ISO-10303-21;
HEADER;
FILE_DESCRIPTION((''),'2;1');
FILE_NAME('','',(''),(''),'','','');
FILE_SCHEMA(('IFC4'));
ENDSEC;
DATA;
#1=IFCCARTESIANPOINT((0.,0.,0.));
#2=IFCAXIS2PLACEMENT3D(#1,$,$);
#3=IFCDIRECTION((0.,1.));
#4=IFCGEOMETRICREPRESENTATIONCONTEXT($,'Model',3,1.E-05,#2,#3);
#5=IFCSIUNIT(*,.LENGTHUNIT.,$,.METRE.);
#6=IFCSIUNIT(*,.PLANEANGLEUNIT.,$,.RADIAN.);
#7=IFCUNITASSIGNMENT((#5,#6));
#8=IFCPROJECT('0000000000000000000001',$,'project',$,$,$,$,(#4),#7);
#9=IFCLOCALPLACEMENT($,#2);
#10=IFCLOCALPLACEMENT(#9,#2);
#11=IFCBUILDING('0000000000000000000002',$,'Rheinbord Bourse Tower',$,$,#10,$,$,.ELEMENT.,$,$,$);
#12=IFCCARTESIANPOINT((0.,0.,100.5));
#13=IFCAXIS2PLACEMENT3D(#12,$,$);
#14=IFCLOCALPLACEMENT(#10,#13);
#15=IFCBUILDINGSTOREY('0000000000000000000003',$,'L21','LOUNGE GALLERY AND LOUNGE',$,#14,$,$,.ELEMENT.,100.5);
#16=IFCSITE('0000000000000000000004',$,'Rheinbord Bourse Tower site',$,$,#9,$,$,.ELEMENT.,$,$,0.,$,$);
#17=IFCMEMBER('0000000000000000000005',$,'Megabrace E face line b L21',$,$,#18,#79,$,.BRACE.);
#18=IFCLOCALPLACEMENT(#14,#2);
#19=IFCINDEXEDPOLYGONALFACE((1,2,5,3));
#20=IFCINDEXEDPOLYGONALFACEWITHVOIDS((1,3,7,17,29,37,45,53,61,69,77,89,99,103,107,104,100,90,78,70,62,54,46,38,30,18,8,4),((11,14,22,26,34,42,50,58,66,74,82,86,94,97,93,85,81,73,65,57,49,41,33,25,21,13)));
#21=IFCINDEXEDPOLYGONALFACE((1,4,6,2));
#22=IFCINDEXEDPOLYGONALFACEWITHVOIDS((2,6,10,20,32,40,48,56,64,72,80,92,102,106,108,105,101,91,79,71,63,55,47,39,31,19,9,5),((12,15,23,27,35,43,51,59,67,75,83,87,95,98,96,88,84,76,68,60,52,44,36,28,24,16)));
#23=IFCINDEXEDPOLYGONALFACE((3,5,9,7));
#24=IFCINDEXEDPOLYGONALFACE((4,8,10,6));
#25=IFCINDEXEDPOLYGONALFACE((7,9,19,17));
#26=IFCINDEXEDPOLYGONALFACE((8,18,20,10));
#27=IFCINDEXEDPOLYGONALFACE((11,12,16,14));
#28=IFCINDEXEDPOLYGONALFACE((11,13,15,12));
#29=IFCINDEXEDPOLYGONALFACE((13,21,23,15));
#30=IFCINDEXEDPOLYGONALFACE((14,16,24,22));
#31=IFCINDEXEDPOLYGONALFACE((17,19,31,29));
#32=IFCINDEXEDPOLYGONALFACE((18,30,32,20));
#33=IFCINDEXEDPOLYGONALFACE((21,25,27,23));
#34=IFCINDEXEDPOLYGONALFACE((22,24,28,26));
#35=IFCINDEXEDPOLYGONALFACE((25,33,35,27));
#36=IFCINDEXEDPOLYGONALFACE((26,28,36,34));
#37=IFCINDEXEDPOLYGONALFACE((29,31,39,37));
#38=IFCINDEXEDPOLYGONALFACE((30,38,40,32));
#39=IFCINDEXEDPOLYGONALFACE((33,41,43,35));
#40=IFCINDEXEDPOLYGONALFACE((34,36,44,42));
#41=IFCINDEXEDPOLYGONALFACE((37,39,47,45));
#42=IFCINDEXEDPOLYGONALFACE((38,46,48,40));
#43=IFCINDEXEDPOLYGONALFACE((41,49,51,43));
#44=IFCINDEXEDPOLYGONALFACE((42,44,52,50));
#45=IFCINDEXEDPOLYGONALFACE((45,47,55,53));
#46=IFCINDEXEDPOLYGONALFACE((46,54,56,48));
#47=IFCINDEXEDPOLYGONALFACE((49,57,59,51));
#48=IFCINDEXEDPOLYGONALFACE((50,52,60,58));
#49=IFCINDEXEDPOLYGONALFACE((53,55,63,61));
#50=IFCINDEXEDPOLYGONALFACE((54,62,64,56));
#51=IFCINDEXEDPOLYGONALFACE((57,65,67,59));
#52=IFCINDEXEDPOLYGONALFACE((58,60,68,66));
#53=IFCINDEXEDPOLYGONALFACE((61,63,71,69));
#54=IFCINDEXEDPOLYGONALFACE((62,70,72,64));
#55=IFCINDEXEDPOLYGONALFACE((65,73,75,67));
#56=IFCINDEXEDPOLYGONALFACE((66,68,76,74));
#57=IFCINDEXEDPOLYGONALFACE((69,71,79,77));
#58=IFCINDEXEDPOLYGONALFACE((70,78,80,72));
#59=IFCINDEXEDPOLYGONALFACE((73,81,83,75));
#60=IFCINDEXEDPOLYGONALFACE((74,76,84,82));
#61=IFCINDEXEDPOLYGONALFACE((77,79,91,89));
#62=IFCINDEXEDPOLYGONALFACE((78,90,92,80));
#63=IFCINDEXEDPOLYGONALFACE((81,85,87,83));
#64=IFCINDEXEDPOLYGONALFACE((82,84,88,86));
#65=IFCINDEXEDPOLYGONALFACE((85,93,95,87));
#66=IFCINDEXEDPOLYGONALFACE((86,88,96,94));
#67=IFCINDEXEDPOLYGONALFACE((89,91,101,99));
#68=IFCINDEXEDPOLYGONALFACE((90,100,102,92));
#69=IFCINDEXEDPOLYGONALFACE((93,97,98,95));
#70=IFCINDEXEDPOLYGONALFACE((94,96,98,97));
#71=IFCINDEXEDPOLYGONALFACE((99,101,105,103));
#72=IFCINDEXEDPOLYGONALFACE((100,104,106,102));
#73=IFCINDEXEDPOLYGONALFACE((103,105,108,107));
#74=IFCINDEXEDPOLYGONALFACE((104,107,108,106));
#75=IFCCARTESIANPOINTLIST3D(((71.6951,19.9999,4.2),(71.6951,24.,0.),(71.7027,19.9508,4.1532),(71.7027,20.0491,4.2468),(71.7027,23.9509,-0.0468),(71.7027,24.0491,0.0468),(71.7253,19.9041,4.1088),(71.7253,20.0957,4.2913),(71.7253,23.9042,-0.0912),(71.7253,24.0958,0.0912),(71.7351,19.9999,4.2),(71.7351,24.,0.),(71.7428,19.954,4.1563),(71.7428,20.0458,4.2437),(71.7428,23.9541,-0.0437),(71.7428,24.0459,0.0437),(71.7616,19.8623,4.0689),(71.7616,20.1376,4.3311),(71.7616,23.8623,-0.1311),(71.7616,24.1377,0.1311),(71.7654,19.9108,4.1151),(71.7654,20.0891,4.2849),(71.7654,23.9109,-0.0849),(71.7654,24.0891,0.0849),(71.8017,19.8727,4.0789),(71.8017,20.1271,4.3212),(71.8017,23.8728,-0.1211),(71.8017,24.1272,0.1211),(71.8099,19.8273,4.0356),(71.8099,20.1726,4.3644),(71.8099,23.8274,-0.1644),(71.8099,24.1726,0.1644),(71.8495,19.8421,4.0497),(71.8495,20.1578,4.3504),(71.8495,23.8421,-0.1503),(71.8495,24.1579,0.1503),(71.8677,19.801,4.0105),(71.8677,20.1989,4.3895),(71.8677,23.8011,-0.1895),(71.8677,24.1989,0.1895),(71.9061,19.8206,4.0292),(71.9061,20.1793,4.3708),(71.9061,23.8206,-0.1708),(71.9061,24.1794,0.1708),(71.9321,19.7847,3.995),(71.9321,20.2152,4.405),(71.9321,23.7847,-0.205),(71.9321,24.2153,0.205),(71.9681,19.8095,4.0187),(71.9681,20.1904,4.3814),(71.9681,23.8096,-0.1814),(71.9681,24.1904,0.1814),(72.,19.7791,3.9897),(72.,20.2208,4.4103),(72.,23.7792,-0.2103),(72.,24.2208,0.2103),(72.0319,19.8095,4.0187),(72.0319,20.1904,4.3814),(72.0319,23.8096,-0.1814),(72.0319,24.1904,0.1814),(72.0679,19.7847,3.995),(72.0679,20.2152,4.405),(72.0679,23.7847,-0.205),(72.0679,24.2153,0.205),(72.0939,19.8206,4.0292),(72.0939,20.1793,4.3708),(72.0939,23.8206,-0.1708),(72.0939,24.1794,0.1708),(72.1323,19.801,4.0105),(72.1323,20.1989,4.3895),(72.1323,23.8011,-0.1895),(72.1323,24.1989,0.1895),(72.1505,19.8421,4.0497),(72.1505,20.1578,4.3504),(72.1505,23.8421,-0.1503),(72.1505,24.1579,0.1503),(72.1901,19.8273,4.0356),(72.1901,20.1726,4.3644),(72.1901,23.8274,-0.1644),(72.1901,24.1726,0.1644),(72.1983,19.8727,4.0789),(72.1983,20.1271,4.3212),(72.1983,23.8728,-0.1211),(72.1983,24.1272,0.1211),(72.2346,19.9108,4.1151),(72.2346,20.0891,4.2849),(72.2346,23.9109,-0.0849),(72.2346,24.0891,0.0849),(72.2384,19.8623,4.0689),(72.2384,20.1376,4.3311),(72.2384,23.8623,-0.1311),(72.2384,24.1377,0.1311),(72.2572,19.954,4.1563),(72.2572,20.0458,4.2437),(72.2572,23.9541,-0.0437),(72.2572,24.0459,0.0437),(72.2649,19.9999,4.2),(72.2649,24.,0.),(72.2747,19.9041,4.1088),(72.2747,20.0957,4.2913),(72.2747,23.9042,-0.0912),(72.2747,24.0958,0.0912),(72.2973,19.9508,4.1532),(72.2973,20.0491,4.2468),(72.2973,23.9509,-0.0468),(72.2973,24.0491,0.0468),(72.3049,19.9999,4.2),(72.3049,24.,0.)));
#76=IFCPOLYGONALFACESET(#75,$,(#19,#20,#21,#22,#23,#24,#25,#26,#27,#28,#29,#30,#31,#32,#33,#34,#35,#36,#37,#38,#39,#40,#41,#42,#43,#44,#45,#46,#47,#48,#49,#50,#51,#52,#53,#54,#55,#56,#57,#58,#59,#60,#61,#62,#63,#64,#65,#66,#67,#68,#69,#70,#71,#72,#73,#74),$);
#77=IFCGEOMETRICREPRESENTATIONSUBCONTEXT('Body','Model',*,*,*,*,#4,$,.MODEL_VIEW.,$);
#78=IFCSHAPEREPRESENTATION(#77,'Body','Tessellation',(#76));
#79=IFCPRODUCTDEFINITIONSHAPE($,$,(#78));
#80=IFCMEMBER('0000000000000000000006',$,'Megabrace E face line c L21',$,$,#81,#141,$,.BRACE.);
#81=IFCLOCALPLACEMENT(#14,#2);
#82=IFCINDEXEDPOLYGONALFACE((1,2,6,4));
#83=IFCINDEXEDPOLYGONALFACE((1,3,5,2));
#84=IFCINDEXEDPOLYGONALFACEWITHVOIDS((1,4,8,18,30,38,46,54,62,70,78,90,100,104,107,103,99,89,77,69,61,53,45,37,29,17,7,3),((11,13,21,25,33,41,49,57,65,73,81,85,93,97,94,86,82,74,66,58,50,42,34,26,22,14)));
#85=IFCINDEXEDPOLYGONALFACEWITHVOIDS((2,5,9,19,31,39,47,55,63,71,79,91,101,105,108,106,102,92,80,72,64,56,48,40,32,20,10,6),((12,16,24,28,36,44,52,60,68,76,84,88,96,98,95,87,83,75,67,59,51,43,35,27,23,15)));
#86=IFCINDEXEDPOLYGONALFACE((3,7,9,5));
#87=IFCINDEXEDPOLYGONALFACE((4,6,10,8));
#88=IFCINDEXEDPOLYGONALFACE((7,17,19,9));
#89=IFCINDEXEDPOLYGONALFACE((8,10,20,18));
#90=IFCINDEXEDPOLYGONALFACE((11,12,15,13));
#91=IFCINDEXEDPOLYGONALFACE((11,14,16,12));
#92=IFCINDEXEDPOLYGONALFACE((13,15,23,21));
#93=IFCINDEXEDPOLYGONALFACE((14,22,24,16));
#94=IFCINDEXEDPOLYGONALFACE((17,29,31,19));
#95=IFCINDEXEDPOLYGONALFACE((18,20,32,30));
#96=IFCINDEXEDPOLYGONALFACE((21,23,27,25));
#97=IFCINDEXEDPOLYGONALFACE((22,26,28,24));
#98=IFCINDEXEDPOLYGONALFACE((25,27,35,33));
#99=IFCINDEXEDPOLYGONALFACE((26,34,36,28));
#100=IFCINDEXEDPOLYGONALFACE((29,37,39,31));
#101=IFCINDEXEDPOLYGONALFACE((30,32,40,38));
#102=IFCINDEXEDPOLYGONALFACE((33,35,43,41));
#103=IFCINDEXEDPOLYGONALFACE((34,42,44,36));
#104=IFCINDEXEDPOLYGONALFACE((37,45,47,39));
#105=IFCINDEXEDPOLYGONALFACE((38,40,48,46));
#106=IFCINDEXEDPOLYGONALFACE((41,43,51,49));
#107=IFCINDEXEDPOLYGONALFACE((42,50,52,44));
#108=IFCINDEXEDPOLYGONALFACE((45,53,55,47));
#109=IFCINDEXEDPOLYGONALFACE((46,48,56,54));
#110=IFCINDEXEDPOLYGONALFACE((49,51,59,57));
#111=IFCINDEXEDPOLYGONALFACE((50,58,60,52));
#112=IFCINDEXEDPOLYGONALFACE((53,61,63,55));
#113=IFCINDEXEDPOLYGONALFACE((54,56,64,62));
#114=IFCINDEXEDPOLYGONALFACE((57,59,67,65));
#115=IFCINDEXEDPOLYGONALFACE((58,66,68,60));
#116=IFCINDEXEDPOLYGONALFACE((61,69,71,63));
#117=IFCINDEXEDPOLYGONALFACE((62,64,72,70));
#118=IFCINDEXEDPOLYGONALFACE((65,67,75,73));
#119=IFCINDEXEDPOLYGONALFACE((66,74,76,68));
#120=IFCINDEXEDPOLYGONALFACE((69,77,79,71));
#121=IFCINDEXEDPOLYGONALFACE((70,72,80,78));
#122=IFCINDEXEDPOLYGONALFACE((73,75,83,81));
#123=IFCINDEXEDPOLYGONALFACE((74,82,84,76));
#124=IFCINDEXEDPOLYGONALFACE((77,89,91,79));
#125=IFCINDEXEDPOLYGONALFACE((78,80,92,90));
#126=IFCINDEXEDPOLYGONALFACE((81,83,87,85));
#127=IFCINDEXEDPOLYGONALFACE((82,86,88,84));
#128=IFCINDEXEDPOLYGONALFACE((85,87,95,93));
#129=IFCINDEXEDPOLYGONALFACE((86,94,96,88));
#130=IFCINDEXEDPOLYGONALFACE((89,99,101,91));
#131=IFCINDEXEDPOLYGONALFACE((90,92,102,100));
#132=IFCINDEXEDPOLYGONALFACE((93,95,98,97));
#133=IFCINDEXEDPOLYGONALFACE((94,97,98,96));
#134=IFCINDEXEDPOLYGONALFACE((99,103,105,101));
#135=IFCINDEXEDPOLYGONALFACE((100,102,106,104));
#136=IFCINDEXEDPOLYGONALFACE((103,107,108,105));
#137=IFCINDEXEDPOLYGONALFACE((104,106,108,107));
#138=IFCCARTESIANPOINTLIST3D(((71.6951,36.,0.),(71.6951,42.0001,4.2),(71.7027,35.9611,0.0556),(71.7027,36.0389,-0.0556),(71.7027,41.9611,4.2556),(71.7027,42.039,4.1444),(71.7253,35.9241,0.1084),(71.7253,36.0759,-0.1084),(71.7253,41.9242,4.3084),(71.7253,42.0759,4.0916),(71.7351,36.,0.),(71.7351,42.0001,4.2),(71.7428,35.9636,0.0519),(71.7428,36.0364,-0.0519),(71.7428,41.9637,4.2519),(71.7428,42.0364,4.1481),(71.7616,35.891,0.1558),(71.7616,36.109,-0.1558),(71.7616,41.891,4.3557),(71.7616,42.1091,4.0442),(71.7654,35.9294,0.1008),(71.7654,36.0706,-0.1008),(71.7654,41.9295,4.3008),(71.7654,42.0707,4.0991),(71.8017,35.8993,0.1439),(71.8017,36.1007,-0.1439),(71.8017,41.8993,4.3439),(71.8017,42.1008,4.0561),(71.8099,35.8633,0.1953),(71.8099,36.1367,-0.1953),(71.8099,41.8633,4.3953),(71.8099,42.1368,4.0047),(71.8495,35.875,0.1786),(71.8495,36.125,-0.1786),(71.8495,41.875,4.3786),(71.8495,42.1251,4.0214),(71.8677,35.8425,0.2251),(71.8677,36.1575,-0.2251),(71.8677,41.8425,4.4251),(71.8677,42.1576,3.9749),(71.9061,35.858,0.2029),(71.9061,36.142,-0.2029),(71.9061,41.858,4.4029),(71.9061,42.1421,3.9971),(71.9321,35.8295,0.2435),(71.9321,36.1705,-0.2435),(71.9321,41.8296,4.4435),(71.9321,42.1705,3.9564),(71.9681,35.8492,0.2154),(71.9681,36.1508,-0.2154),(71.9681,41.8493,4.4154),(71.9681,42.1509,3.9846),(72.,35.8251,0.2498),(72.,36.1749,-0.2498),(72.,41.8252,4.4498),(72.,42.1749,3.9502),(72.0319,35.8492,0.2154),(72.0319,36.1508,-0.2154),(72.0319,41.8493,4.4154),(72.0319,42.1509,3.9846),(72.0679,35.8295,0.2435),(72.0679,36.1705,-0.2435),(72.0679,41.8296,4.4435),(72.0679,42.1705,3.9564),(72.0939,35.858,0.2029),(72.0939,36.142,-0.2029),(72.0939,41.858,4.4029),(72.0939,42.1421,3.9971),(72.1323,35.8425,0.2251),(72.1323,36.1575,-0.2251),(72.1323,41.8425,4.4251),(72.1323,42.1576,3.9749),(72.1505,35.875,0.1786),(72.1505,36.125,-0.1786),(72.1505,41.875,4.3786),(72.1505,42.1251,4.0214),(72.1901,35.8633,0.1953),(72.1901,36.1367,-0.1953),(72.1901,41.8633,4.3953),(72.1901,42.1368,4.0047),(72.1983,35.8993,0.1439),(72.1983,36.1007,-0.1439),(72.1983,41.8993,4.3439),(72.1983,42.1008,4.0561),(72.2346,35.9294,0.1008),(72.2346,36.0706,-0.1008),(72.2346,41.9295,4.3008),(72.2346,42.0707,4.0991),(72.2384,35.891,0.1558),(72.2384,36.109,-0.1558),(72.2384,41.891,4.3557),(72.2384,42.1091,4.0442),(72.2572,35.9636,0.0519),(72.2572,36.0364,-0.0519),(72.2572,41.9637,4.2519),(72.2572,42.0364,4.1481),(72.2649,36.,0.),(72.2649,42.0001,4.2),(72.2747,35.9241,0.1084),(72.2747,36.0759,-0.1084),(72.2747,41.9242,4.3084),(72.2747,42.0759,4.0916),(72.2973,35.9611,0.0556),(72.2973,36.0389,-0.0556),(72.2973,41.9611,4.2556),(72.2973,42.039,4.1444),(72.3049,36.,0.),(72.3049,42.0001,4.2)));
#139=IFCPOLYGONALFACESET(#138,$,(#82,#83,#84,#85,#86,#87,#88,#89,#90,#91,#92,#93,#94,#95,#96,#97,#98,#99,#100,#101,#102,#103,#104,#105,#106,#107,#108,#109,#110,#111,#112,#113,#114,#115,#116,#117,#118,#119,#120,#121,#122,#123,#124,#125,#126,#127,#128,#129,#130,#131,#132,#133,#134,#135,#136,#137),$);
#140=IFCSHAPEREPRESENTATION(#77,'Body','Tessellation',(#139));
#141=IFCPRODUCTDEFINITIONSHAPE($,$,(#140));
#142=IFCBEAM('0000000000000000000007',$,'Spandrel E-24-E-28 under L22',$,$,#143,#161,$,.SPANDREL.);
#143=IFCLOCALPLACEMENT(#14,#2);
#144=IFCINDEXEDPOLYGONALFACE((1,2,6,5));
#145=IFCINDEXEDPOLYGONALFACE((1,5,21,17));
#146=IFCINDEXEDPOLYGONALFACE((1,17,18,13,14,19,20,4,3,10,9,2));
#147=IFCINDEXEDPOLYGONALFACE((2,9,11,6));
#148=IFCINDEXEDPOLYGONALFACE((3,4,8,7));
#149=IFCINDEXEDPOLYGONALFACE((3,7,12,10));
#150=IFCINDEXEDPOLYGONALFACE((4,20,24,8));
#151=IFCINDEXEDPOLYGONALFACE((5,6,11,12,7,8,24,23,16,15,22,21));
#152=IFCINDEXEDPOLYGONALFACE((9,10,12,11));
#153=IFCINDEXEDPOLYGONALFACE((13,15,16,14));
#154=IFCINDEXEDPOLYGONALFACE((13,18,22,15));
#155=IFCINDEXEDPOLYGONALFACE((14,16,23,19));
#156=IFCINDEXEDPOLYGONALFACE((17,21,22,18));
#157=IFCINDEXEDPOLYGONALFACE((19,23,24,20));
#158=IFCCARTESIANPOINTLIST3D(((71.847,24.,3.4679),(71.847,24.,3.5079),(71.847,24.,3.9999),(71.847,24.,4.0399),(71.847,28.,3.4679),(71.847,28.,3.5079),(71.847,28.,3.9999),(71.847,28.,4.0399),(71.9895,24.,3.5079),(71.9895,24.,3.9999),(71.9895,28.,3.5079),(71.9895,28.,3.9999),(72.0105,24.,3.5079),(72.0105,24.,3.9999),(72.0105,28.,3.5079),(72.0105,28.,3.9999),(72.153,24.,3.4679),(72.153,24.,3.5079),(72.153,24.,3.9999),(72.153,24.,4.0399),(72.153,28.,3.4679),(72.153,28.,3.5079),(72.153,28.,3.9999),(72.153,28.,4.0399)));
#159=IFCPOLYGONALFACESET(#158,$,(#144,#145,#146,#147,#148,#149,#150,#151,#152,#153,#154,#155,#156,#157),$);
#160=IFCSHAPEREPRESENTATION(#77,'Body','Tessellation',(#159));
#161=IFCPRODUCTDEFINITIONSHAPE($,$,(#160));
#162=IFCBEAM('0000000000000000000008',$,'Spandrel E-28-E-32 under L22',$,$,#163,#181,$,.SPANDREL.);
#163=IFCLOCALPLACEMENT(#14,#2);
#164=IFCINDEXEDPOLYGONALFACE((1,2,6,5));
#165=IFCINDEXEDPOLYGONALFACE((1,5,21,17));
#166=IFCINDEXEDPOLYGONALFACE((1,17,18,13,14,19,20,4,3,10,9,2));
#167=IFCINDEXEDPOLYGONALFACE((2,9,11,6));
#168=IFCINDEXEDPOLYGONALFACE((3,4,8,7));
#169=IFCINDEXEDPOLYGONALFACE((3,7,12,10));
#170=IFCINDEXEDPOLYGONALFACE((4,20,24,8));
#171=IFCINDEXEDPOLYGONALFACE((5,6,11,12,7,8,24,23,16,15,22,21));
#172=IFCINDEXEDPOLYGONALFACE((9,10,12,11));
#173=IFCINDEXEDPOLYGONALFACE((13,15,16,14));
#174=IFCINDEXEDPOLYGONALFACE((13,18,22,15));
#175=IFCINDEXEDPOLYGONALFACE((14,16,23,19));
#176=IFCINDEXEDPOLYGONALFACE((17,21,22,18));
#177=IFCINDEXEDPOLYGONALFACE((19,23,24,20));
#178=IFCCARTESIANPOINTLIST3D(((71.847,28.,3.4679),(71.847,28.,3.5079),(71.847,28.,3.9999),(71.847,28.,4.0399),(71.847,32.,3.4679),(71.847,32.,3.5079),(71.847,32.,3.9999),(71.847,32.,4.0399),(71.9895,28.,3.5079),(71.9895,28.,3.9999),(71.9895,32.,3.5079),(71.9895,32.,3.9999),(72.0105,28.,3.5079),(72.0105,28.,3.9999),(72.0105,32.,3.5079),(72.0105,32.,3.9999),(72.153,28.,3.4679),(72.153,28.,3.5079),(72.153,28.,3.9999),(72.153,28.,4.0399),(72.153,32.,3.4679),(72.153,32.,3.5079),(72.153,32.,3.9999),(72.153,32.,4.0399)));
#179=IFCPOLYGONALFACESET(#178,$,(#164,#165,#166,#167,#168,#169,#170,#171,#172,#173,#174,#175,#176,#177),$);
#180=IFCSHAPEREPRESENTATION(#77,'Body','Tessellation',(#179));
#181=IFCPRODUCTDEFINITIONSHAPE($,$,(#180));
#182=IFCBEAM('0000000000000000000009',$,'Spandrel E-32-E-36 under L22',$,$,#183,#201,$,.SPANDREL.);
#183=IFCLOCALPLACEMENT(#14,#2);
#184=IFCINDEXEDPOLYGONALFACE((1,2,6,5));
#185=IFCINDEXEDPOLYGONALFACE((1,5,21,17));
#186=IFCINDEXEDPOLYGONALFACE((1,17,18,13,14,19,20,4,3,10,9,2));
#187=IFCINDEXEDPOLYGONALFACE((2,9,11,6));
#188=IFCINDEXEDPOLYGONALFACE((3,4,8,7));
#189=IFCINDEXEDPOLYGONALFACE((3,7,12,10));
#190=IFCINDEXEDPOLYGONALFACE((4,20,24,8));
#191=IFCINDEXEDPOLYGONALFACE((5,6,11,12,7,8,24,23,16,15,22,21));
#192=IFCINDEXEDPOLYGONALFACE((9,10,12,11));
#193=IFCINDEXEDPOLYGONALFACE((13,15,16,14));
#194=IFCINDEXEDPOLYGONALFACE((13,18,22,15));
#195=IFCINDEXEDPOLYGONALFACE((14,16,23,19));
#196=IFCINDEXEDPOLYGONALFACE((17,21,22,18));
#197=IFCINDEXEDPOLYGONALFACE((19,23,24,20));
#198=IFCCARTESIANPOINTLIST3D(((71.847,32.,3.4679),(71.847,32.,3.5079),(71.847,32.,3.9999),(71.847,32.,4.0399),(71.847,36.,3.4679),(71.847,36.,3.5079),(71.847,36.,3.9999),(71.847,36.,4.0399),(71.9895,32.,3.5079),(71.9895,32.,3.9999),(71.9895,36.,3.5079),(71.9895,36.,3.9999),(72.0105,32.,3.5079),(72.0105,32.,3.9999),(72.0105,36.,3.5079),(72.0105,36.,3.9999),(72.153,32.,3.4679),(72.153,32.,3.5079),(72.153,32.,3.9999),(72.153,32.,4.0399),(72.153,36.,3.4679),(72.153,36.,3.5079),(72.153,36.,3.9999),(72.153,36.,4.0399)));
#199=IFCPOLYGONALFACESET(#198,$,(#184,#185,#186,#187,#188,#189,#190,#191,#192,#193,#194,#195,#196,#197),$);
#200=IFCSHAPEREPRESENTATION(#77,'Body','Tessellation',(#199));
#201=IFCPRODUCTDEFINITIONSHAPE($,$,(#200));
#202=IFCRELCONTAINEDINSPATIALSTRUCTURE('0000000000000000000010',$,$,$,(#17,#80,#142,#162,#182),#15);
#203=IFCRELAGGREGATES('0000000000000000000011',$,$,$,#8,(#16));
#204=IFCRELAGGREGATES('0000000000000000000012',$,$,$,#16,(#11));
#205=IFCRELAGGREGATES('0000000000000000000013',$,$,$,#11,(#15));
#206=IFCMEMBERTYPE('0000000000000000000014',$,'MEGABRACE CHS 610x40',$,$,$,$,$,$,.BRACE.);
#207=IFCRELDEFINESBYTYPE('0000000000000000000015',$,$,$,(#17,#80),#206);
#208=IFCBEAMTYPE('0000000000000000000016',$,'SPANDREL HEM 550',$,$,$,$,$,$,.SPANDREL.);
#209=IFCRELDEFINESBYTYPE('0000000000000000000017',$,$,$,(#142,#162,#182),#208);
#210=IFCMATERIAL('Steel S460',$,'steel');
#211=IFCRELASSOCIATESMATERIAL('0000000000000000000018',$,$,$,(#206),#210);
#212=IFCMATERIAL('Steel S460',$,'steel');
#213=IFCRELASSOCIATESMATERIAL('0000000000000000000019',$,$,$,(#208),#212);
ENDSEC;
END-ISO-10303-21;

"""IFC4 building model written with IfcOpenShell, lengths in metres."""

from ifc_helpers import new_model, si_unit, direction, frame, origin, origin_2d, place, context, subcontext, project, spatial, hollow_circle, i_section, extrude, material, material_profile, profile_set, type_object, element, save


model = new_model("IFC4")

# Units and contexts
model_context = context("Model", 3, precision=1e-05, world=origin(), true_north=direction((0.0, 1.0)))
body_context = subcontext(model_context, "Body", "Model", "MODEL_VIEW")
ifc_project = project(units=[si_unit("LENGTHUNIT", "METRE"), si_unit("PLANEANGLEUNIT", "RADIAN")], contexts=[model_context])

# Site, building, storey
site_placement = place(None, origin())
site = spatial("IfcSite", under=ifc_project, at=site_placement, Name="Rheinbord Bourse Tower site", CompositionType="ELEMENT", RefElevation=0.0)
building_placement = place(site_placement, origin())
building = spatial("IfcBuilding", under=site, at=building_placement, Name="Rheinbord Bourse Tower", CompositionType="ELEMENT")
storey_placement = place(building_placement, frame((0.0, 0.0, 100.5)))
storey = spatial("IfcBuildingStorey", under=building, at=storey_placement, Name="L21", Description="LOUNGE GALLERY AND LOUNGE", CompositionType="ELEMENT", Elevation=100.5)

# Members
ifc_material_1 = material(Name="Steel S460", Category="steel")
ifc_material_profile_1 = material_profile(ifc_material_1, hollow_circle(Radius=0.3049, WallThickness=0.04, at=origin_2d()), Name="CHS 610x40")
ifc_profile_set_1 = profile_set([ifc_material_profile_1], Name="Steel S460")
member_type_1 = type_object("IfcMemberType", Name="MEGABRACE CHS 610x40", PredefinedType="BRACE", material=ifc_profile_set_1)
member_1_placement = place(storey_placement, frame((72.0, 24.0, 0.0), z_axis=(0.0, -0.689659, 0.724134), x_axis=(1.0, 0.0, 0.0)))
element("IfcMember", 1, at=member_1_placement, inside=storey, type_object=member_type_1, Name="Megabrace E face line b L21", PredefinedType="BRACE", context=body_context, shape_type="SweptSolid", body=[
    extrude(hollow_circle(Radius=0.3049, WallThickness=0.04, at=origin_2d()), origin(), (0.0, 0.0, 1.0), 5.8),
])
member_2_placement = place(storey_placement, frame((72.0, 36.0, 0.0), z_axis=(0.0, 0.819235, 0.573458), x_axis=(-1.0, 0.0, 0.0)))
element("IfcMember", 2, at=member_2_placement, inside=storey, type_object=member_type_1, Name="Megabrace E face line c L21", PredefinedType="BRACE", context=body_context, shape_type="SweptSolid", body=[
    extrude(hollow_circle(Radius=0.3049, WallThickness=0.04, at=origin_2d()), origin(), (0.0, 0.0, 1.0), 7.324),
])

# Beams
ifc_material_2 = material(Name="Steel S460", Category="steel")
ifc_material_profile_2 = material_profile(ifc_material_2, i_section(OverallWidth=0.3059, OverallDepth=0.572, WebThickness=0.021, FlangeThickness=0.04, at=origin_2d()), Name="HEM 550")
ifc_profile_set_2 = profile_set([ifc_material_profile_2], Name="Steel S460")
beam_type_1 = type_object("IfcBeamType", Name="SPANDREL HEM 550", PredefinedType="SPANDREL", material=ifc_profile_set_2)
for number, where, z_axis, x_axis, name in (
    (3, (72.0, 24.0, 3.7539), (0.0, 1.0, 0.0), (-1.0, 0.0, 0.0), "Spandrel E-24-E-28 under L22"),
    (4, (72.0, 28.0, 3.7539), (0.0, 1.0, 0.0), (-1.0, 0.0, 0.0), "Spandrel E-28-E-32 under L22"),
    (5, (72.0, 32.0, 3.7539), (0.0, 1.0, 0.0), (-1.0, 0.0, 0.0), "Spandrel E-32-E-36 under L22"),
):
    element("IfcBeam", number, at=place(storey_placement, frame(where, z_axis=z_axis, x_axis=x_axis)), inside=storey, type_object=beam_type_1, Name=name, PredefinedType="SPANDREL", context=body_context, shape_type="SweptSolid", body=[
        extrude(i_section(OverallWidth=0.3059, OverallDepth=0.572, WebThickness=0.021, FlangeThickness=0.04, at=origin_2d()), origin(), (0.0, 0.0, 1.0), 4.0),
    ])

save(model, "model.ifc")
